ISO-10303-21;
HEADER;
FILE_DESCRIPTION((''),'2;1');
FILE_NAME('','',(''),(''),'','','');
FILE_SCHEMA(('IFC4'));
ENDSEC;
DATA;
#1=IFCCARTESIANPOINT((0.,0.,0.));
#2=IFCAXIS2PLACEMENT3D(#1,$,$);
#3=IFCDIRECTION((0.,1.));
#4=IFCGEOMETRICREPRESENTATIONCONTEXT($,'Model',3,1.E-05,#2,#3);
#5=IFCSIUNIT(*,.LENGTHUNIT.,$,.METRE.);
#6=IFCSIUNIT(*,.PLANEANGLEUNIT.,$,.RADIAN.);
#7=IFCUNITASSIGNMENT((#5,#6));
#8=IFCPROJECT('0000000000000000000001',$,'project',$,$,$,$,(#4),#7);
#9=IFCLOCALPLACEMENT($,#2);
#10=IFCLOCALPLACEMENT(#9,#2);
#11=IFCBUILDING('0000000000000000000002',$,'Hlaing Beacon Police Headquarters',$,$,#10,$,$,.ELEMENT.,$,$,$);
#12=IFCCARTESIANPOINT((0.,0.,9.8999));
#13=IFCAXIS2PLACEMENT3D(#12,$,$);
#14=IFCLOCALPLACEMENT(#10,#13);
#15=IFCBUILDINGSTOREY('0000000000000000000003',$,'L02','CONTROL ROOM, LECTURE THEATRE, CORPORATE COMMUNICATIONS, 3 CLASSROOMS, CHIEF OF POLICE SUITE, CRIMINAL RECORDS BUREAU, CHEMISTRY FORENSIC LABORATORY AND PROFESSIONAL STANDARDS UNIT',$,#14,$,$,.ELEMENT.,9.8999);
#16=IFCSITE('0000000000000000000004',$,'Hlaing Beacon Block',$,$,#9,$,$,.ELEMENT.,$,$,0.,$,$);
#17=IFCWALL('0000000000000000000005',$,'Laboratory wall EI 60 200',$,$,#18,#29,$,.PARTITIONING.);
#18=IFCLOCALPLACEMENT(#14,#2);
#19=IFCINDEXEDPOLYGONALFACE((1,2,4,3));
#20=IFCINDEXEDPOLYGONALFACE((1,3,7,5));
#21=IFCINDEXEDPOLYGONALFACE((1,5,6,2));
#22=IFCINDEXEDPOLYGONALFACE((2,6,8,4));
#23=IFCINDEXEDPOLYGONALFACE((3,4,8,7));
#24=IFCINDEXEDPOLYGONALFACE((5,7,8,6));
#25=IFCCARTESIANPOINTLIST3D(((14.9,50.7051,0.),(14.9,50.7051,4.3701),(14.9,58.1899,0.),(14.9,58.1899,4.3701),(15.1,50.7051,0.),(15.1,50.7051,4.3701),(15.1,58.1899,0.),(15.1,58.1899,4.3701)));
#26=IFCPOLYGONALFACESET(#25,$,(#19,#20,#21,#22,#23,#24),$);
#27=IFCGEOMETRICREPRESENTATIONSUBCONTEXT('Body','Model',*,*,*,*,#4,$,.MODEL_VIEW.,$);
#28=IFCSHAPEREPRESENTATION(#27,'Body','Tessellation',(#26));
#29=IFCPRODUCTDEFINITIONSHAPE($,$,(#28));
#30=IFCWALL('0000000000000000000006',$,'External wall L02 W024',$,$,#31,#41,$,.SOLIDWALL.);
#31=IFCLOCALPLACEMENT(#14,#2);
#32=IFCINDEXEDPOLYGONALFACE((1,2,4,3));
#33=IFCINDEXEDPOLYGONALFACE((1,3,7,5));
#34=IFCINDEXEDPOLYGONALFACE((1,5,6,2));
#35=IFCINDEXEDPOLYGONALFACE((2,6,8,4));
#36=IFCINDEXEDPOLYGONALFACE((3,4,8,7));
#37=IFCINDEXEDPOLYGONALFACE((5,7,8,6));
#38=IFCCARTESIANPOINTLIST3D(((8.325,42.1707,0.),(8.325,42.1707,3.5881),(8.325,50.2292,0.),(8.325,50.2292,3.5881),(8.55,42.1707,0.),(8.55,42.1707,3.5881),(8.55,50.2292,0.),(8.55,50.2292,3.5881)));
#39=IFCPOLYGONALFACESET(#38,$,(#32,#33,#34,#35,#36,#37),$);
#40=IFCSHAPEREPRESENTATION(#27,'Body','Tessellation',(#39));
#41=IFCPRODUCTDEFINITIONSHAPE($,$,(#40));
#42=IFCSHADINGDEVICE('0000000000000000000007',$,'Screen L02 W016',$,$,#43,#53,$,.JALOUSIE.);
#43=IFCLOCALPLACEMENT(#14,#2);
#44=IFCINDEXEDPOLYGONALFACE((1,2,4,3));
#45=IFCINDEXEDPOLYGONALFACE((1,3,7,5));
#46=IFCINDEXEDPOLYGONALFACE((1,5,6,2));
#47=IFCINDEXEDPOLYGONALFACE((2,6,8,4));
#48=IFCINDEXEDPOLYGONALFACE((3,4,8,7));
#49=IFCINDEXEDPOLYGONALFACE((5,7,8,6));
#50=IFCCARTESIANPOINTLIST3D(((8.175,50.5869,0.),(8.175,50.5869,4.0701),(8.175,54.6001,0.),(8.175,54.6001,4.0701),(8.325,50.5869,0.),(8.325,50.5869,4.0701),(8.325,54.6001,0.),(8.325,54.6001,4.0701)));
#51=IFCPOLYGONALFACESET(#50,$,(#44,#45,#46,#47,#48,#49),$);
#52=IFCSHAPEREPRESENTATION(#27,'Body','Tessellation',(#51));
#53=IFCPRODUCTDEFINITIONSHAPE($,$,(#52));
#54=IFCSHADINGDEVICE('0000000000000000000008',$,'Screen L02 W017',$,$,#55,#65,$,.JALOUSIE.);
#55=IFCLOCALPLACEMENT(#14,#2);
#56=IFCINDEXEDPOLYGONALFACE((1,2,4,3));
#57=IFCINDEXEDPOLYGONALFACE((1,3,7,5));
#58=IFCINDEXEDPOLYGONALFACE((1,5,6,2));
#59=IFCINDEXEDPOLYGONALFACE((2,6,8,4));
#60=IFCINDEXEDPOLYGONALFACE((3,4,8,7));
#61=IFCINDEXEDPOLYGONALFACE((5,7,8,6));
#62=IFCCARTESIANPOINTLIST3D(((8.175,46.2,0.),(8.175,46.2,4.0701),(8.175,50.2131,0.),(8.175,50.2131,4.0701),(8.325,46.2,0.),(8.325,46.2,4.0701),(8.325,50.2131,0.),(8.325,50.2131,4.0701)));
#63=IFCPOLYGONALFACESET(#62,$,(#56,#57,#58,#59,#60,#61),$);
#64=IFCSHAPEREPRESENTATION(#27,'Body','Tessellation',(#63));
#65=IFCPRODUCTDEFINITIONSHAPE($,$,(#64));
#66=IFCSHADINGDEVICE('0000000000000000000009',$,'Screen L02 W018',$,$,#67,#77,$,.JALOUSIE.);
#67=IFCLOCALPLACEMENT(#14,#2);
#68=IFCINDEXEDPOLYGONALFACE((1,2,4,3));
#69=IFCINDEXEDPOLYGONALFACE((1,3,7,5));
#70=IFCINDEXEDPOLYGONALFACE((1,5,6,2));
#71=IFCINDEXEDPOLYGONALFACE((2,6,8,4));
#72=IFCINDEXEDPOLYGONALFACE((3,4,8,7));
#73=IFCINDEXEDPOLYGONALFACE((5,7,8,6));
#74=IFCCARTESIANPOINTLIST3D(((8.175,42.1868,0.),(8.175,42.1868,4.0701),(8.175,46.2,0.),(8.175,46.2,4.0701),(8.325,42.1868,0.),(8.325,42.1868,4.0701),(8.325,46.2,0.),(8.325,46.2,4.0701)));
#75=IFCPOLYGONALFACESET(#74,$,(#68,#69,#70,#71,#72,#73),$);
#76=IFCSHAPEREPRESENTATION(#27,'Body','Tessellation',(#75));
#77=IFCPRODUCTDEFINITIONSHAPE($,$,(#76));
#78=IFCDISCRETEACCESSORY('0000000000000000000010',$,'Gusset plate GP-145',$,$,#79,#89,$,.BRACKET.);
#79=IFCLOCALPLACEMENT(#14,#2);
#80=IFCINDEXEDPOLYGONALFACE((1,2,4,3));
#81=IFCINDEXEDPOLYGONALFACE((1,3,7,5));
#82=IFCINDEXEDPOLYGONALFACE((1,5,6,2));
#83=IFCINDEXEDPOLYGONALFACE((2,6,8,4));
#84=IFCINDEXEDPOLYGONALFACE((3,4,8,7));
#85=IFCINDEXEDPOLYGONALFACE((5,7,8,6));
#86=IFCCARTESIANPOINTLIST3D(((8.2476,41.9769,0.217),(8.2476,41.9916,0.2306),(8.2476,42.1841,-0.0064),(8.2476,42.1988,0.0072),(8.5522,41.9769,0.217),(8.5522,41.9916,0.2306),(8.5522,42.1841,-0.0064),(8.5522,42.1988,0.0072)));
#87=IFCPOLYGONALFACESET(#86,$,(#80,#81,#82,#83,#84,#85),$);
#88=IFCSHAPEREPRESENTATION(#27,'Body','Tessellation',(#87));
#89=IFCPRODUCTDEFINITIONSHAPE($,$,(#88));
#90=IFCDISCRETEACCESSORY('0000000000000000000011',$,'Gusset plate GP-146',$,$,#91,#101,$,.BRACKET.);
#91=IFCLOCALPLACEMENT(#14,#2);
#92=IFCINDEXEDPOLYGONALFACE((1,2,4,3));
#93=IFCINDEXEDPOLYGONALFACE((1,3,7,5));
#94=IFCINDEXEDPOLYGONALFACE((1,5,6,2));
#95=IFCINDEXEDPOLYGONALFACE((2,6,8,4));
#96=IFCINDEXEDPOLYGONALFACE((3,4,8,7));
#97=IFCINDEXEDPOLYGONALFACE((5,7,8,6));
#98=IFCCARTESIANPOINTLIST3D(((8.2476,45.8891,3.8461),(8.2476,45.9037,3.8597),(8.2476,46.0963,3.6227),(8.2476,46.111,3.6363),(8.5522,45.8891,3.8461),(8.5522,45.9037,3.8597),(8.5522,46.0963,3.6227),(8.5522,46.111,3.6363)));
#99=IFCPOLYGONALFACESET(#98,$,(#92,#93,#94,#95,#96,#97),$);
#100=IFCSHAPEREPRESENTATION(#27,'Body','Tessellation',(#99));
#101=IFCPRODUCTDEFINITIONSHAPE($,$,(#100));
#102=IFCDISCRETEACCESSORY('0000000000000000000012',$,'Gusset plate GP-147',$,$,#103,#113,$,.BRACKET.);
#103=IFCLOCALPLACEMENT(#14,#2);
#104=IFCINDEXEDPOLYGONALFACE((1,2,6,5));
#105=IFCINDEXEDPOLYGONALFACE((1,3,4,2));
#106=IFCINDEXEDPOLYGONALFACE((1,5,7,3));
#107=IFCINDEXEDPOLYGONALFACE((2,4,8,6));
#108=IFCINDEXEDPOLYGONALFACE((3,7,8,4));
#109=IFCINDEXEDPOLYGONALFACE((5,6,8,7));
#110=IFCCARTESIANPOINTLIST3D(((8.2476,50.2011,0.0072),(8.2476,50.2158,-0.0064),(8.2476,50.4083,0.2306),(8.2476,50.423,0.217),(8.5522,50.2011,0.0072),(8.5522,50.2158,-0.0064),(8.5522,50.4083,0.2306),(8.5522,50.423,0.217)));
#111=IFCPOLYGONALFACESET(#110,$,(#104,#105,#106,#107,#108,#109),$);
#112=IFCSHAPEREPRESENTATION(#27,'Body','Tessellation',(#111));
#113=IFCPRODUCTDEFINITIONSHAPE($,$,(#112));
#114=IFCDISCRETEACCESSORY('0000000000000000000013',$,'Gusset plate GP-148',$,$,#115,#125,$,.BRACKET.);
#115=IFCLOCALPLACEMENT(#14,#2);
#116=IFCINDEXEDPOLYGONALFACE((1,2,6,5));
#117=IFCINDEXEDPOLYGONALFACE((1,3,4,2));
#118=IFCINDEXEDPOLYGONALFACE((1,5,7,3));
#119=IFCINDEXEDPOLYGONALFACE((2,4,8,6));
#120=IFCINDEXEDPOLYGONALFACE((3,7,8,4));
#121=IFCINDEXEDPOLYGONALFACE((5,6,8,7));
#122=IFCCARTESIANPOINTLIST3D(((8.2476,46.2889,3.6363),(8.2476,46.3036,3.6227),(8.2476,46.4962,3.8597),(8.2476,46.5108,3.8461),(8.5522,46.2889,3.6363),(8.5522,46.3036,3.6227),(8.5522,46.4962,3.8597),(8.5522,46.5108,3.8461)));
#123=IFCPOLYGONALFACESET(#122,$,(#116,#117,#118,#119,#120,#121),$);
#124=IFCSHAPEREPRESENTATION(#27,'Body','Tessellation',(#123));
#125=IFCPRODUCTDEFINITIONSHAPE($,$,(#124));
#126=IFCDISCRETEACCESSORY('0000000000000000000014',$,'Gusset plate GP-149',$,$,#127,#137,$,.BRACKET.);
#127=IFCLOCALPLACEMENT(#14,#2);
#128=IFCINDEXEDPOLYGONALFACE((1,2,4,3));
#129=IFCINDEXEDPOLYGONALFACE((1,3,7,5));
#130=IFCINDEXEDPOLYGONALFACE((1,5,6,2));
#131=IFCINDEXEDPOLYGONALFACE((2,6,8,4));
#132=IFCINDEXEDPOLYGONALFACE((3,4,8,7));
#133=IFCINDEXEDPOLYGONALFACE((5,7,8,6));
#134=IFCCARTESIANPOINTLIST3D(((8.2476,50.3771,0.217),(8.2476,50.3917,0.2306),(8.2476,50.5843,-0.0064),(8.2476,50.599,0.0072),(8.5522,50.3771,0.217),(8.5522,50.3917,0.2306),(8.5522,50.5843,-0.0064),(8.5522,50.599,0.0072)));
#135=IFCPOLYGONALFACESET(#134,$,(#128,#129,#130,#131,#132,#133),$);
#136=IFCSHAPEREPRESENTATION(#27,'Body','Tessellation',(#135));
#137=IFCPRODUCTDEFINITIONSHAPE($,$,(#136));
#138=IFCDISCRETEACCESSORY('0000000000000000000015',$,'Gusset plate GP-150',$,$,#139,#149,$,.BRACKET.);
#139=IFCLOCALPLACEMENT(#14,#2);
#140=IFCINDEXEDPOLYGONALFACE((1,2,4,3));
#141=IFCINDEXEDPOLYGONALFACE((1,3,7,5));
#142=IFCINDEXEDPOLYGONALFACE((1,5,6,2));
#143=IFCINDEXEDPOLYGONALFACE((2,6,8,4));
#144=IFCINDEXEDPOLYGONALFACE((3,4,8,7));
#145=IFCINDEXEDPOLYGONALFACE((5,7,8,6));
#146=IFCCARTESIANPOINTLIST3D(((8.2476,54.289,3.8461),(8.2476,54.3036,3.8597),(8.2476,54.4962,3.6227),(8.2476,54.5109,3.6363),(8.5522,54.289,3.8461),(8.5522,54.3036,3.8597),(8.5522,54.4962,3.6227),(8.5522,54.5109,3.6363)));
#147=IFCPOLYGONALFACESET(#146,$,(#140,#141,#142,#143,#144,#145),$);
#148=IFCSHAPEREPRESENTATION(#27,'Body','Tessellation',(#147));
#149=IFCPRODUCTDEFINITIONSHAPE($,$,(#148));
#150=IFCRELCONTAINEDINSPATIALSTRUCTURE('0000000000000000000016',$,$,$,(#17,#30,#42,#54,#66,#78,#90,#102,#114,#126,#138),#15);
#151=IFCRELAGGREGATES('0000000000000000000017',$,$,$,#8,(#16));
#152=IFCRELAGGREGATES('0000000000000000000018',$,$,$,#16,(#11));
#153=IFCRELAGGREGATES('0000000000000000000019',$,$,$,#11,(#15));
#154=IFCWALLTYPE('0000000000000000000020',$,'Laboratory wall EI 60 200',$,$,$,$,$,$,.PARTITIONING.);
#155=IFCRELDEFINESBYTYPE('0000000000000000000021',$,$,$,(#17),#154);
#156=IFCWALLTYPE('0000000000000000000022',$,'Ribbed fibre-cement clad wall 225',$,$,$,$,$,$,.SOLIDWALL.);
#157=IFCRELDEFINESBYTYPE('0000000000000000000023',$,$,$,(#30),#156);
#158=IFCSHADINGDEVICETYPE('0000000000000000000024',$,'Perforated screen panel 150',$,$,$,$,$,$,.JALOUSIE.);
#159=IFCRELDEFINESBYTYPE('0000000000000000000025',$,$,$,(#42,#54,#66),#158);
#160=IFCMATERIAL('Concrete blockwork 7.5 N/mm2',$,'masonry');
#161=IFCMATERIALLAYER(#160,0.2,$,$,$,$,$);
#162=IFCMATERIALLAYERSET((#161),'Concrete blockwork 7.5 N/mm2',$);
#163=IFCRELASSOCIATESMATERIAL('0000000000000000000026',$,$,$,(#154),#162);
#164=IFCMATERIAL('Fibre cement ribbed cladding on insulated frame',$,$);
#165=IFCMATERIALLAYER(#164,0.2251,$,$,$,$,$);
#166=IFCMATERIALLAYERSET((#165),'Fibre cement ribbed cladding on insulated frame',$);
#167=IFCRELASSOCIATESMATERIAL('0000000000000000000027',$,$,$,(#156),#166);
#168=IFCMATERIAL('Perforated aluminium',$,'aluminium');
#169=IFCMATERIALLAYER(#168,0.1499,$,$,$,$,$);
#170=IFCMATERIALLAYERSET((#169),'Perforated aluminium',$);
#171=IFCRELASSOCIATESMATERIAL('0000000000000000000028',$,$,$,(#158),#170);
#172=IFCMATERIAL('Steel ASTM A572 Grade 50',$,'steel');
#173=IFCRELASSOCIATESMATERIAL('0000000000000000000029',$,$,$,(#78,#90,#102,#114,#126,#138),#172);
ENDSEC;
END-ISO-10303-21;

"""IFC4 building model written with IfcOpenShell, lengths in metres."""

from ifc_helpers import new_model, si_unit, direction, frame, frame_2d, origin, origin_2d, place, context, subcontext, project, spatial, rectangle, extrude, material, layer, layer_set, type_object, element, save


model = new_model("IFC4")

# Units and contexts
model_context = context("Model", 3, precision=1e-05, world=origin(), true_north=direction((0.0, 1.0)))
body_context = subcontext(model_context, "Body", "Model", "MODEL_VIEW")
ifc_project = project(units=[si_unit("LENGTHUNIT", "METRE"), si_unit("PLANEANGLEUNIT", "RADIAN")], contexts=[model_context])

# Site, building, storey
site_placement = place(None, origin())
site = spatial("IfcSite", under=ifc_project, at=site_placement, Name="Hlaing Beacon Block", CompositionType="ELEMENT", RefElevation=0.0)
building_placement = place(site_placement, origin())
building = spatial("IfcBuilding", under=site, at=building_placement, Name="Hlaing Beacon Police Headquarters", CompositionType="ELEMENT")
storey_placement = place(building_placement, frame((0.0, 0.0, 9.8999)))
storey = spatial("IfcBuildingStorey", under=building, at=storey_placement, Name="L02", Description="CONTROL ROOM, LECTURE THEATRE, CORPORATE COMMUNICATIONS, 3 CLASSROOMS, CHIEF OF POLICE SUITE, CRIMINAL RECORDS BUREAU, CHEMISTRY FORENSIC LABORATORY AND PROFESSIONAL STANDARDS UNIT", CompositionType="ELEMENT", Elevation=9.8999)

# Shared definitions
ifc_material_1 = material(Name="Concrete blockwork 7.5 N/mm2", Category="masonry")
ifc_layer_1 = layer(ifc_material_1, 0.2)
ifc_layer_set_1 = layer_set([ifc_layer_1], Name="Concrete blockwork 7.5 N/mm2")
wall_type_1 = type_object("IfcWallType", Name="Laboratory wall EI 60 200", PredefinedType="PARTITIONING", material=ifc_layer_set_1)

# Walls
wall_1_placement = place(storey_placement, frame((15.0, 50.7051, 0.0), z_axis=(0.0, 0.0, 1.0), x_axis=(0.0, 1.0, 0.0)))
element("IfcWall", 1, at=wall_1_placement, inside=storey, type_object=wall_type_1, Name="Laboratory wall EI 60 200", PredefinedType="PARTITIONING", context=body_context, shape_type="SweptSolid", body=[
    extrude(rectangle(XDim=7.4849, YDim=0.2, at=frame_2d((3.7424, 0.0))), origin(), (0.0, 0.0, 1.0), 4.3701),
])
ifc_material_2 = material(Name="Fibre cement ribbed cladding on insulated frame")
ifc_layer_2 = layer(ifc_material_2, 0.2251)
ifc_layer_set_2 = layer_set([ifc_layer_2], Name="Fibre cement ribbed cladding on insulated frame")
wall_type_2 = type_object("IfcWallType", Name="Ribbed fibre-cement clad wall 225", PredefinedType="SOLIDWALL", material=ifc_layer_set_2)
wall_2_placement = place(storey_placement, frame((8.4375, 50.2292, 0.0), z_axis=(0.0, 0.0, 1.0), x_axis=(0.0, -1.0, 0.0)))
element("IfcWall", 2, at=wall_2_placement, inside=storey, type_object=wall_type_2, Name="External wall L02 W024", PredefinedType="SOLIDWALL", context=body_context, shape_type="SweptSolid", body=[
    extrude(rectangle(XDim=8.0586, YDim=0.2251, at=frame_2d((4.0293, 0.0))), origin(), (0.0, 0.0, 1.0), 3.5881),
])

# Shading devices
ifc_material_3 = material(Name="Perforated aluminium", Category="aluminium")
ifc_layer_3 = layer(ifc_material_3, 0.1499)
ifc_layer_set_3 = layer_set([ifc_layer_3], Name="Perforated aluminium")
shading_device_type = type_object("IfcShadingDeviceType", Name="Perforated screen panel 150", PredefinedType="JALOUSIE", material=ifc_layer_set_3)
for number, where, z_axis, x_axis, name in (
    (3, (8.25, 52.5935, 0.0), (0.0, 0.0, 1.0), (0.0, -1.0, 0.0), "Screen L02 W016"),
    (4, (8.25, 48.2065, 0.0), (0.0, 0.0, 1.0), (0.0, -1.0, 0.0), "Screen L02 W017"),
    (5, (8.25, 44.1934, 0.0), (0.0, 0.0, 1.0), (0.0, -1.0, 0.0), "Screen L02 W018"),
):
    element("IfcShadingDevice", number, at=place(storey_placement, frame(where, z_axis=z_axis, x_axis=x_axis)), inside=storey, type_object=shading_device_type, Name=name, PredefinedType="JALOUSIE", context=body_context, shape_type="SweptSolid", body=[
        extrude(rectangle(XDim=4.0132, YDim=0.1499, at=origin_2d()), origin(), (0.0, 0.0, 1.0), 4.0701),
    ])

# Discrete accessories
ifc_material_4 = material(Name="Steel ASTM A572 Grade 50", Category="steel")
for number, where, z_axis, x_axis, name in (
    (6, (8.3999, 42.0952, 0.1189), (0.0, -0.733123, -0.680097), (1.0, 0.0, 0.0), "Gusset plate GP-145"),
    (7, (8.3999, 45.9927, 3.7344), (0.0, 0.733123, 0.680097), (-1.0, 0.0, 0.0), "Gusset plate GP-146"),
    (8, (8.3999, 50.3047, 0.1189), (0.0, 0.733123, -0.680097), (-1.0, 0.0, 0.0), "Gusset plate GP-147"),
    (9, (8.3999, 46.4072, 3.7344), (0.0, -0.733123, 0.680097), (1.0, 0.0, 0.0), "Gusset plate GP-148"),
    (10, (8.3999, 50.4954, 0.1189), (0.0, -0.733101, -0.680119), (1.0, 0.0, 0.0), "Gusset plate GP-149"),
    (11, (8.3999, 54.3926, 3.7344), (0.0, 0.733101, 0.680119), (-1.0, 0.0, 0.0), "Gusset plate GP-150"),
):
    element("IfcDiscreteAccessory", number, at=place(storey_placement, frame(where, z_axis=z_axis, x_axis=x_axis)), inside=storey, material=ifc_material_4, Name=name, PredefinedType="BRACKET", context=body_context, shape_type="SweptSolid", body=[
        extrude(rectangle(XDim=0.3047, YDim=0.3047, at=origin_2d()), origin(), (0.0, 0.0, 1.0), 0.02),
    ])

save(model, "model.ifc")
